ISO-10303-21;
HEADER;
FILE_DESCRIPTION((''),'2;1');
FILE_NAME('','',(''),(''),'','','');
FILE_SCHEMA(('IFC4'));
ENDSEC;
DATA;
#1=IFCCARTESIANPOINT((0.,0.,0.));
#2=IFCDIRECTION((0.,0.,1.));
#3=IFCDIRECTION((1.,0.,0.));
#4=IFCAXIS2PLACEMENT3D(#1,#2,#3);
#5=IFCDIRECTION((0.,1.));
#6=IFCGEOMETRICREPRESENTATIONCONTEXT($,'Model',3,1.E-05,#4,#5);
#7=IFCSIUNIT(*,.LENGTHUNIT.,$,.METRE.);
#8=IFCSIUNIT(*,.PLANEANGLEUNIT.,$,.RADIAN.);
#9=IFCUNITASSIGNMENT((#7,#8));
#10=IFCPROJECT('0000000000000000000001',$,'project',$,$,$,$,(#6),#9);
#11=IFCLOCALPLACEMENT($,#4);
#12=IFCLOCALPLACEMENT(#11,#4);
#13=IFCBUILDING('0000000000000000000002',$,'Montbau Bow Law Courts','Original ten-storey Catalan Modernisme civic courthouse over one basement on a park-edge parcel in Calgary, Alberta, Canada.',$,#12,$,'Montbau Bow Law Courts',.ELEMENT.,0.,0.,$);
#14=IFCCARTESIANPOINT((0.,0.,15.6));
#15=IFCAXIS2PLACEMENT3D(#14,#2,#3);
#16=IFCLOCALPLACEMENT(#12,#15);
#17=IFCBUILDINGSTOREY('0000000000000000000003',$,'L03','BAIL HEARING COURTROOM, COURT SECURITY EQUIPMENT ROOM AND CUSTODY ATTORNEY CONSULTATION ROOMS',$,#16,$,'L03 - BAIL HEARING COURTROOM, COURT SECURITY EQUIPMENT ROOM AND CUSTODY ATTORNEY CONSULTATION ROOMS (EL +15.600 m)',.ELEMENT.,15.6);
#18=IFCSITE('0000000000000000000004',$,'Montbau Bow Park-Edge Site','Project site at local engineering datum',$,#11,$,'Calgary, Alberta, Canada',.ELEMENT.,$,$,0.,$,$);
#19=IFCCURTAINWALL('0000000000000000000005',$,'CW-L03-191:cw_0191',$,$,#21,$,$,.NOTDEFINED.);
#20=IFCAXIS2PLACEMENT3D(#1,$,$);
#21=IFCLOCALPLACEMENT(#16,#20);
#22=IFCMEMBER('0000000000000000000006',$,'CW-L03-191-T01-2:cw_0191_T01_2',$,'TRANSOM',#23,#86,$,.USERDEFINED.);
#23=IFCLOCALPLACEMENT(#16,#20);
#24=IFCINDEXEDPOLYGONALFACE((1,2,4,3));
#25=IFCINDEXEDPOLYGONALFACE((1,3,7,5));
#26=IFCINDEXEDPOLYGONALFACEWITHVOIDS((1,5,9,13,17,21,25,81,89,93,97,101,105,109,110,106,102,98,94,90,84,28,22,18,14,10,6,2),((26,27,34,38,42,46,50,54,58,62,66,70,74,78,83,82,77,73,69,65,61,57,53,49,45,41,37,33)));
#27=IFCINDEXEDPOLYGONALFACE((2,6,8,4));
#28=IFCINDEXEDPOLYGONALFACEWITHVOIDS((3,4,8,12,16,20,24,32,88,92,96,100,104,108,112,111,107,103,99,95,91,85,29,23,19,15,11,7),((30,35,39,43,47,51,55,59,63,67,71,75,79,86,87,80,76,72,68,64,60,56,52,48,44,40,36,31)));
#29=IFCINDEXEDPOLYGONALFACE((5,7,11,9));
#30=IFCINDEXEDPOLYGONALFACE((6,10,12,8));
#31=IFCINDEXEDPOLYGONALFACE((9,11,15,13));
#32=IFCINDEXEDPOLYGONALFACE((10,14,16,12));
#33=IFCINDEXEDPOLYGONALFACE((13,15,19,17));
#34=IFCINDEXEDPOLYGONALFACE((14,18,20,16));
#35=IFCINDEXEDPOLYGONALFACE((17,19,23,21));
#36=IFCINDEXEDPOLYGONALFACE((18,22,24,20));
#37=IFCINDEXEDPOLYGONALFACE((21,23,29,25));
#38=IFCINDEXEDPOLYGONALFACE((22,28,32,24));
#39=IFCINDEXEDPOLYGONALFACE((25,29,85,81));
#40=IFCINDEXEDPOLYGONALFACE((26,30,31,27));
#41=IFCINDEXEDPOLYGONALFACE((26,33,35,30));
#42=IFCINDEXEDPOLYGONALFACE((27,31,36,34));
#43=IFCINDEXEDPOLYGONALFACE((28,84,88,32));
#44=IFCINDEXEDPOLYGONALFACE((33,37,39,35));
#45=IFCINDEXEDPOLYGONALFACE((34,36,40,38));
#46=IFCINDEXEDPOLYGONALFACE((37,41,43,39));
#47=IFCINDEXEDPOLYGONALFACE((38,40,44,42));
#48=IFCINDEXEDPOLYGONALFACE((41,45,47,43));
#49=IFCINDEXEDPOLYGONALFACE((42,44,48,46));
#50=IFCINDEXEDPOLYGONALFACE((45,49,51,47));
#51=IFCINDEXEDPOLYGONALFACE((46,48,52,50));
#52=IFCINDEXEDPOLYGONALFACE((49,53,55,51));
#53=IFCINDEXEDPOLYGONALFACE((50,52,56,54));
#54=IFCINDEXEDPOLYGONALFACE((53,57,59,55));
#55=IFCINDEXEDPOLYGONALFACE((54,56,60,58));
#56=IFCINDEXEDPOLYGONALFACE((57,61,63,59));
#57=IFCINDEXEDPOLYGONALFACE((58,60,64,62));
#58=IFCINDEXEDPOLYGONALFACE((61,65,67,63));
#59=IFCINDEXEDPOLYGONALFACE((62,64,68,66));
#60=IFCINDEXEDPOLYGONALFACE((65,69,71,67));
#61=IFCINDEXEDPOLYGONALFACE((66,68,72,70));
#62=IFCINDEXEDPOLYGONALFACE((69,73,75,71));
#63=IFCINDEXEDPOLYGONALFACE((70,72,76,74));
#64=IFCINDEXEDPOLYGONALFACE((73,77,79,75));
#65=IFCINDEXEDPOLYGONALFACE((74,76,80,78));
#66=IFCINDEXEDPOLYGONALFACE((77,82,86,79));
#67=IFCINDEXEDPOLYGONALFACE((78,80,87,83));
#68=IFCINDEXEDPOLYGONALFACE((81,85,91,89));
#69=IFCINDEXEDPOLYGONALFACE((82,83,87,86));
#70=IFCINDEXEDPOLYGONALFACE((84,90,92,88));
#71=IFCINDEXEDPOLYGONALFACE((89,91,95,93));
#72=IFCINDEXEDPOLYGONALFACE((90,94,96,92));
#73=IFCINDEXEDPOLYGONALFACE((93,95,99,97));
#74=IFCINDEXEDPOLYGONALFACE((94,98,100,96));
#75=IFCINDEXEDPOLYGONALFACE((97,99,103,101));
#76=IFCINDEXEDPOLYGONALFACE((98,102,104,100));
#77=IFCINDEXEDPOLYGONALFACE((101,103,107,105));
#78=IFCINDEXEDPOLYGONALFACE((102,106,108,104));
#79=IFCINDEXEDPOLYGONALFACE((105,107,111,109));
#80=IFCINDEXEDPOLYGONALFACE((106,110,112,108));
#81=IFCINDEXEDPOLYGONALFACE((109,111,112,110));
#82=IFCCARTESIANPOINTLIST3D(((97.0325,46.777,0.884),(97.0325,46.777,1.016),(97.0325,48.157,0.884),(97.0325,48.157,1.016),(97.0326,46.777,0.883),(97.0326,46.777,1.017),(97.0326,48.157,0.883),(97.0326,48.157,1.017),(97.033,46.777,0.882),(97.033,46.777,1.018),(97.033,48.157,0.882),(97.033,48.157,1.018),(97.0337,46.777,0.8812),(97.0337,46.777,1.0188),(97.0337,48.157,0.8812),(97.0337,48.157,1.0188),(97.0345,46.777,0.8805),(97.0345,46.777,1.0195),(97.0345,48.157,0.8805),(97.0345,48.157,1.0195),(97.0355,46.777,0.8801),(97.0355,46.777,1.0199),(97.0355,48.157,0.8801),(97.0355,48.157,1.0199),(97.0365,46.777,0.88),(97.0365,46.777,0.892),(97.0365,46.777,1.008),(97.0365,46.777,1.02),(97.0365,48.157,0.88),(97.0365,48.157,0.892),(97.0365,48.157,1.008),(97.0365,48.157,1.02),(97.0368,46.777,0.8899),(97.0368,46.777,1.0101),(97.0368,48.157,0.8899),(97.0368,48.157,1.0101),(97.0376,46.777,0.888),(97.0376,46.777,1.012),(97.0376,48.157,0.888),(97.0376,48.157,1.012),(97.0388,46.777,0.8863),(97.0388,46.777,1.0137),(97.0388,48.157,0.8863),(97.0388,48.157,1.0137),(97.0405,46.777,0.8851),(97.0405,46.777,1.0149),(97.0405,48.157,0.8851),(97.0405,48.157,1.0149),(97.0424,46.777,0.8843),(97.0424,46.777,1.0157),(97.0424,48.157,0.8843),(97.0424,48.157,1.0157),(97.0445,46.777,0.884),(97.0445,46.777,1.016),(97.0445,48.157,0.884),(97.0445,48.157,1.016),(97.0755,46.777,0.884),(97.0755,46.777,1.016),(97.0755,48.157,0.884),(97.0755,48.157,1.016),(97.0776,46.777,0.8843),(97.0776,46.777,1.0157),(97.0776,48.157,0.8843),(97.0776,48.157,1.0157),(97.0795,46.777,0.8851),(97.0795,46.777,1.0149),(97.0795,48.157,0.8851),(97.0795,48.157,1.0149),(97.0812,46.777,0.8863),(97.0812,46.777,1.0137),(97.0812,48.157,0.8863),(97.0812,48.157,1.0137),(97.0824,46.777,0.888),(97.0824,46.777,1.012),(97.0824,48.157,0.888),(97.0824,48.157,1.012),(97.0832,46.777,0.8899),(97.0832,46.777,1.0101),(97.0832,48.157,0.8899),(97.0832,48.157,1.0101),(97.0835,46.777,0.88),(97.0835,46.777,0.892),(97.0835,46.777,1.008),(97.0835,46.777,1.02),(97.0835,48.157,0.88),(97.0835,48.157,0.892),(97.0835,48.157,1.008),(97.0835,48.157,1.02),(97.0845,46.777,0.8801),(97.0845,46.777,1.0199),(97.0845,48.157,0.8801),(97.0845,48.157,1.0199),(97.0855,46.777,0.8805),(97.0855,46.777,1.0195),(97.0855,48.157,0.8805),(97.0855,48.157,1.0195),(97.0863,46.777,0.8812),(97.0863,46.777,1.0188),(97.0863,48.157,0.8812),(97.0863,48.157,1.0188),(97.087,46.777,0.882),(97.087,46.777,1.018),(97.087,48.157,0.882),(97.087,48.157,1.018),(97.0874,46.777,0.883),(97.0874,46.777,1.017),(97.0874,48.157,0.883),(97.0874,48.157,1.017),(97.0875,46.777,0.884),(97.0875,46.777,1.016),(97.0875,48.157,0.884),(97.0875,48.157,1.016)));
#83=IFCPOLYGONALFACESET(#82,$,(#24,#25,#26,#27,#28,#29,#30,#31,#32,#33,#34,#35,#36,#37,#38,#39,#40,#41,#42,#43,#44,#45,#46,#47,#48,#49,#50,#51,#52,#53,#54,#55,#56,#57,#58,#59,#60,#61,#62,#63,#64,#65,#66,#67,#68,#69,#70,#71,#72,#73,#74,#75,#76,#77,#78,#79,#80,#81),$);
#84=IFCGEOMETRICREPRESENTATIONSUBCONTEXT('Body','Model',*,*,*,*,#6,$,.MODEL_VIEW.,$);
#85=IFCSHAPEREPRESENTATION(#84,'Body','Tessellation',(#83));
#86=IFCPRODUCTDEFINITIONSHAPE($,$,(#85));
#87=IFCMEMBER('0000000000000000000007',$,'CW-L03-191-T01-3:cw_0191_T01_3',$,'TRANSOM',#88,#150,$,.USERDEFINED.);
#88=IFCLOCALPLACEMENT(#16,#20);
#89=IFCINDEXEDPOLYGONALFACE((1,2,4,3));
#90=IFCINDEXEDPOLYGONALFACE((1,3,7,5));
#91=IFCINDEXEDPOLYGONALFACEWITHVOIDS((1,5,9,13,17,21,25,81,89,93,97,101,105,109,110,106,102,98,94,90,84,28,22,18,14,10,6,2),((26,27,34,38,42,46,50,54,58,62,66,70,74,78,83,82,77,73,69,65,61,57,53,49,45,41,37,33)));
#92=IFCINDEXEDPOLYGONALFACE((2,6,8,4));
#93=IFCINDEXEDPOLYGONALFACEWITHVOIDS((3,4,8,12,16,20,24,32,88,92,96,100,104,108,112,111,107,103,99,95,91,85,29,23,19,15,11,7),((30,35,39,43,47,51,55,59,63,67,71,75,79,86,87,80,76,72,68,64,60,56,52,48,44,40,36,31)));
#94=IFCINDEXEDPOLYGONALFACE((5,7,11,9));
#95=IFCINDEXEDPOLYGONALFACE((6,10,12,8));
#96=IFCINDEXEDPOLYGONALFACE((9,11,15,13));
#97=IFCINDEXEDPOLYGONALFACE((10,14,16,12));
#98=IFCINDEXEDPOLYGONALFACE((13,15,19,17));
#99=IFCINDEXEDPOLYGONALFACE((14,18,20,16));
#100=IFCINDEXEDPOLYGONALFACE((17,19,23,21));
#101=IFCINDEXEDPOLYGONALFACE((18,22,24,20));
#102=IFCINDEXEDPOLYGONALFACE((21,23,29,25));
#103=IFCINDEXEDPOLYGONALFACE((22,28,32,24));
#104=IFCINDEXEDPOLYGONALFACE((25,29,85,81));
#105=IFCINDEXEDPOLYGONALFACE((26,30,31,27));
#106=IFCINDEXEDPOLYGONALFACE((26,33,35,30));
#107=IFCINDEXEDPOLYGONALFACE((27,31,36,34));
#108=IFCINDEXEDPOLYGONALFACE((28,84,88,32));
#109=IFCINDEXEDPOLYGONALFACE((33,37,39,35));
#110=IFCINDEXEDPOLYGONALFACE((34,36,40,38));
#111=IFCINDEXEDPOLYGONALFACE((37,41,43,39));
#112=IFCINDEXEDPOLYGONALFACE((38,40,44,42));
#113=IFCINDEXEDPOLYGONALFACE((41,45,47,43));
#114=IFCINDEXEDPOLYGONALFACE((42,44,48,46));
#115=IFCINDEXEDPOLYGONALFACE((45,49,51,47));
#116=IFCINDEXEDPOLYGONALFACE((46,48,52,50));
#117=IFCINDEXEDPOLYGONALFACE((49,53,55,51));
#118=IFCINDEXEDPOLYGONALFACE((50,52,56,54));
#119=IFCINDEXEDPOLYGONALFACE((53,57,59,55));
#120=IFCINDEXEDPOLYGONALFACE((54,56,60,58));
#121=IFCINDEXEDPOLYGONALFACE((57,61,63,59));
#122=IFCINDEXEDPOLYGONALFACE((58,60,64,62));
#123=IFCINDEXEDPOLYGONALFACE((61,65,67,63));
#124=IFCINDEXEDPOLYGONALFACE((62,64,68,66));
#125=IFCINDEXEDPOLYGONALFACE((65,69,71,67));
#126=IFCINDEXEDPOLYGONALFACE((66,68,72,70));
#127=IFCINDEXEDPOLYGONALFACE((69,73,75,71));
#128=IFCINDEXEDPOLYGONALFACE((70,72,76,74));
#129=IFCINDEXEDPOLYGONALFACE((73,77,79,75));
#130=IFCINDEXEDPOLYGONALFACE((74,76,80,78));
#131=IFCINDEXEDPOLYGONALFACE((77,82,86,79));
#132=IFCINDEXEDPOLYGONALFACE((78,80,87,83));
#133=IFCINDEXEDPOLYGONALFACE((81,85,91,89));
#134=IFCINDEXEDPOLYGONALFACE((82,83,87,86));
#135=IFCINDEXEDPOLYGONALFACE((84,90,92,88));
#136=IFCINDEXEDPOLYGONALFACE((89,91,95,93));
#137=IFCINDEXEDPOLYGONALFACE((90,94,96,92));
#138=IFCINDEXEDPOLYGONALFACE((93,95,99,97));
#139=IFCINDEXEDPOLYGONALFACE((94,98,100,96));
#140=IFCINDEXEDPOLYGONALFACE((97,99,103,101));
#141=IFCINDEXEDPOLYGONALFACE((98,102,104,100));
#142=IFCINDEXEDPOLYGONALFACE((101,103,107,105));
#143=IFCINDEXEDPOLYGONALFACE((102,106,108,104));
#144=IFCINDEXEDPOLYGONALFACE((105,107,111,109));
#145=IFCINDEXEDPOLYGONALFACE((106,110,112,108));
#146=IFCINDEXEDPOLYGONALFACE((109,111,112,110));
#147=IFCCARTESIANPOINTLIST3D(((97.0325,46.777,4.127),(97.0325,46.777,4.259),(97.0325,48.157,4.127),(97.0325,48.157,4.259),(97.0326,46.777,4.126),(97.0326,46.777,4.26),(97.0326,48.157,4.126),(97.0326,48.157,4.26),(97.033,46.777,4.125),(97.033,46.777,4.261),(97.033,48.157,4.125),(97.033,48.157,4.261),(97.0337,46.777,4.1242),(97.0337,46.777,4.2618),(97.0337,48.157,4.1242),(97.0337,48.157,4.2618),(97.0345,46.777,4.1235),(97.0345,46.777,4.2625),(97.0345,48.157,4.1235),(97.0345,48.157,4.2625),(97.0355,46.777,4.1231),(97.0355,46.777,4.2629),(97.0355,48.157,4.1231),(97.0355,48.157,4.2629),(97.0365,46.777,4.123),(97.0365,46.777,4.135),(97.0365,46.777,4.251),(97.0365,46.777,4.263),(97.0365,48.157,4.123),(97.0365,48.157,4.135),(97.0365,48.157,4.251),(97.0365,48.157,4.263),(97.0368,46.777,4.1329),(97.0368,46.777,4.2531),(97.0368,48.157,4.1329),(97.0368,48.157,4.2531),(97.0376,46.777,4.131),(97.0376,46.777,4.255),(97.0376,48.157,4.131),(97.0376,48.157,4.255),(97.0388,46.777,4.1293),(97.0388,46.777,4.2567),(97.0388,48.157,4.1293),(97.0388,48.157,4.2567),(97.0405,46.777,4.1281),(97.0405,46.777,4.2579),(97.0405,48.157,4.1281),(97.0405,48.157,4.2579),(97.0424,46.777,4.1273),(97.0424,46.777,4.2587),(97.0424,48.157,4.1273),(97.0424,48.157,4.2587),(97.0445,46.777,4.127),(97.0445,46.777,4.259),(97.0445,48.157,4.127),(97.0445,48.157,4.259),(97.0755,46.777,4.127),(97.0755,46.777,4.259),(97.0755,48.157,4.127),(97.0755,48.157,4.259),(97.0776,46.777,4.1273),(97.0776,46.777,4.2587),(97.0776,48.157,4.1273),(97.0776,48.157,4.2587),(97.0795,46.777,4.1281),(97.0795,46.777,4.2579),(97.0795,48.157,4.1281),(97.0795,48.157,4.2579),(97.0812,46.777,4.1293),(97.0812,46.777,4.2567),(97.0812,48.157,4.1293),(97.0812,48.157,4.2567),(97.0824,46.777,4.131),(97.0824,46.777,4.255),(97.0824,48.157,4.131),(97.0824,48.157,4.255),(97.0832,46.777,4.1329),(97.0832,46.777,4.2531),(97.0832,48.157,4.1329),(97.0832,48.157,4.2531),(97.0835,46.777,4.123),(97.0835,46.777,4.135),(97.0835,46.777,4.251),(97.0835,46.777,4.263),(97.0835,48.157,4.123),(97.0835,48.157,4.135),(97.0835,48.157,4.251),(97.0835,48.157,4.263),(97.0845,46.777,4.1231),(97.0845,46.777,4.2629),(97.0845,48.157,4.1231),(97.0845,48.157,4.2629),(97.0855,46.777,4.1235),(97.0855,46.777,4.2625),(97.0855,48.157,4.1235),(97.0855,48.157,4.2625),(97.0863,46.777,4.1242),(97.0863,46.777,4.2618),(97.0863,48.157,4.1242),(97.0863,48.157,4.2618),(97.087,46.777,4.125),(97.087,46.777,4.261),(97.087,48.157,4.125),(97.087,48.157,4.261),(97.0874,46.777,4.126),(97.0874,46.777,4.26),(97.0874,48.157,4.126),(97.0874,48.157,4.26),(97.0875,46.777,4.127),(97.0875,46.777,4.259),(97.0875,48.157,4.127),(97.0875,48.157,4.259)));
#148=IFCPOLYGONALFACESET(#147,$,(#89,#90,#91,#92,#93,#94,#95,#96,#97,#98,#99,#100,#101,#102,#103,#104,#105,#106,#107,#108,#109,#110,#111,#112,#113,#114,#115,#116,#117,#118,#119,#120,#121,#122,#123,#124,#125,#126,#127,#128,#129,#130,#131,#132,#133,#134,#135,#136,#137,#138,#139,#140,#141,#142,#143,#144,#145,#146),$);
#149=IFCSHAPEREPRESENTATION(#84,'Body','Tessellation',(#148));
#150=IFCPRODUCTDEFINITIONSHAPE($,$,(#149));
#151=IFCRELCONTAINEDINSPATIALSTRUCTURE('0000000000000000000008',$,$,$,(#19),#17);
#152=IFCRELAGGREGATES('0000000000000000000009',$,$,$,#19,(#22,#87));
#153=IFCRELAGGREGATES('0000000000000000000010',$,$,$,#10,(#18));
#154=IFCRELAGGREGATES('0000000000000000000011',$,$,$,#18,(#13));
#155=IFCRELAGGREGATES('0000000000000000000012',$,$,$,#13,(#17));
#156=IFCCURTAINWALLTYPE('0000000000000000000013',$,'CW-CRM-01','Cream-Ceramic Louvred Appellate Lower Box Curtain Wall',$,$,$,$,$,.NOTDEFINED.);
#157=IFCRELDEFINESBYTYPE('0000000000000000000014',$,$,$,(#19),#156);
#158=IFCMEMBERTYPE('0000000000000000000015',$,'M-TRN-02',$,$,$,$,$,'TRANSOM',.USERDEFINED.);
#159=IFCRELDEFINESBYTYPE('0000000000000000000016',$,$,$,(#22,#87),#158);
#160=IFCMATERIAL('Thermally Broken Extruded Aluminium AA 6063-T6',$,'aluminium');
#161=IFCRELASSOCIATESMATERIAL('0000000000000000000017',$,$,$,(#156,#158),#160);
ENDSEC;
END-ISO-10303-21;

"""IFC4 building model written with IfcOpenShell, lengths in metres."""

from ifc_helpers import new_model, si_unit, direction, frame, origin_with_axes, origin_2d_with_axis, place, context, subcontext, project, spatial, hollow_rectangle, extrude, material, material_profile, profile_set, type_object, element, aggregate, save


model = new_model("IFC4")

# Units and contexts
model_context = context("Model", 3, precision=1e-05, world=origin_with_axes(), true_north=direction((0.0, 1.0)))
body_context = subcontext(model_context, "Body", "Model", "MODEL_VIEW")
ifc_project = project(units=[si_unit("LENGTHUNIT", "METRE"), si_unit("PLANEANGLEUNIT", "RADIAN")], contexts=[model_context])

# Site, building, storey
site_placement = place(None, origin_with_axes())
site = spatial("IfcSite", under=ifc_project, at=site_placement, Name="Montbau Bow Park-Edge Site", Description="Project site at local engineering datum", LongName="Calgary, Alberta, Canada", CompositionType="ELEMENT", RefElevation=0.0)
building_placement = place(site_placement, origin_with_axes())
building = spatial("IfcBuilding", under=site, at=building_placement, Name="Montbau Bow Law Courts", Description="Original ten-storey Catalan Modernisme civic courthouse over one basement on a park-edge parcel in Calgary, Alberta, Canada.", LongName="Montbau Bow Law Courts", CompositionType="ELEMENT", ElevationOfRefHeight=0.0, ElevationOfTerrain=0.0)
storey_placement = place(building_placement, frame((0.0, 0.0, 15.6), z_axis=(0.0, 0.0, 1.0), x_axis=(1.0, 0.0, 0.0)))
storey = spatial("IfcBuildingStorey", under=building, at=storey_placement, Name="L03", Description="BAIL HEARING COURTROOM, COURT SECURITY EQUIPMENT ROOM AND CUSTODY ATTORNEY CONSULTATION ROOMS", LongName="L03 - BAIL HEARING COURTROOM, COURT SECURITY EQUIPMENT ROOM AND CUSTODY ATTORNEY CONSULTATION ROOMS (EL +15.600 m)", CompositionType="ELEMENT", Elevation=15.6)

# Curtain wall
ifc_material_1 = material(Name="Thermally Broken Extruded Aluminium AA 6063-T6", Category="aluminium")
curtain_wall_type = type_object("IfcCurtainWallType", Name="CW-CRM-01", Description="Cream-Ceramic Louvred Appellate Lower Box Curtain Wall", PredefinedType="NOTDEFINED", material=ifc_material_1)
curtain_wall_1_placement = place(None, frame((97.06, 46.715, 15.6), z_axis=(0.0, 0.0, 1.0), x_axis=(1.0, 0.0, 0.0)))
curtain_wall_1 = element("IfcCurtainWall", 1, at=curtain_wall_1_placement, inside=storey, type_object=curtain_wall_type, Name="CW-L03-191:cw_0191", PredefinedType="NOTDEFINED")

# Members
ifc_material_profile_1 = material_profile(ifc_material_1, hollow_rectangle(XDim=0.055, YDim=0.14, WallThickness=0.004, InnerFilletRadius=0.008, OuterFilletRadius=0.004, at=origin_2d_with_axis()), Name="CWT-140X55", Category="Main", Priority=0)
ifc_profile_set_1 = profile_set([ifc_material_profile_1], Name="Thermally Broken Extruded Aluminium AA 6063-T6")
member_type_1 = type_object("IfcMemberType", Name="M-TRN-02", ElementType="TRANSOM", PredefinedType="USERDEFINED", material=ifc_profile_set_1)
member_1_placement = place(None, frame((97.06, 46.777, 16.55), z_axis=(0.0, 1.0, 0.0), x_axis=(-1.0, 0.0, 0.0)))
member_1 = element("IfcMember", 2, at=member_1_placement, type_object=member_type_1, Name="CW-L03-191-T01-2:cw_0191_T01_2", ObjectType="TRANSOM", PredefinedType="USERDEFINED", context=body_context, shape_type="SweptSolid", body=[
    extrude(hollow_rectangle(XDim=0.055, YDim=0.14, WallThickness=0.004, InnerFilletRadius=0.008, OuterFilletRadius=0.004, at=origin_2d_with_axis()), origin_with_axes(), (0.0, 0.0, 1.0), 1.38),
])
member_2_placement = place(None, frame((97.06, 46.777, 19.793), z_axis=(0.0, 1.0, 0.0), x_axis=(-1.0, 0.0, 0.0)))
member_2 = element("IfcMember", 3, at=member_2_placement, type_object=member_type_1, Name="CW-L03-191-T01-3:cw_0191_T01_3", ObjectType="TRANSOM", PredefinedType="USERDEFINED", context=body_context, shape_type="SweptSolid", body=[
    extrude(hollow_rectangle(XDim=0.055, YDim=0.14, WallThickness=0.004, InnerFilletRadius=0.008, OuterFilletRadius=0.004, at=origin_2d_with_axis()), origin_with_axes(), (0.0, 0.0, 1.0), 1.38),
])

aggregate(curtain_wall_1, [member_1, member_2])

save(model, "model.ifc")
